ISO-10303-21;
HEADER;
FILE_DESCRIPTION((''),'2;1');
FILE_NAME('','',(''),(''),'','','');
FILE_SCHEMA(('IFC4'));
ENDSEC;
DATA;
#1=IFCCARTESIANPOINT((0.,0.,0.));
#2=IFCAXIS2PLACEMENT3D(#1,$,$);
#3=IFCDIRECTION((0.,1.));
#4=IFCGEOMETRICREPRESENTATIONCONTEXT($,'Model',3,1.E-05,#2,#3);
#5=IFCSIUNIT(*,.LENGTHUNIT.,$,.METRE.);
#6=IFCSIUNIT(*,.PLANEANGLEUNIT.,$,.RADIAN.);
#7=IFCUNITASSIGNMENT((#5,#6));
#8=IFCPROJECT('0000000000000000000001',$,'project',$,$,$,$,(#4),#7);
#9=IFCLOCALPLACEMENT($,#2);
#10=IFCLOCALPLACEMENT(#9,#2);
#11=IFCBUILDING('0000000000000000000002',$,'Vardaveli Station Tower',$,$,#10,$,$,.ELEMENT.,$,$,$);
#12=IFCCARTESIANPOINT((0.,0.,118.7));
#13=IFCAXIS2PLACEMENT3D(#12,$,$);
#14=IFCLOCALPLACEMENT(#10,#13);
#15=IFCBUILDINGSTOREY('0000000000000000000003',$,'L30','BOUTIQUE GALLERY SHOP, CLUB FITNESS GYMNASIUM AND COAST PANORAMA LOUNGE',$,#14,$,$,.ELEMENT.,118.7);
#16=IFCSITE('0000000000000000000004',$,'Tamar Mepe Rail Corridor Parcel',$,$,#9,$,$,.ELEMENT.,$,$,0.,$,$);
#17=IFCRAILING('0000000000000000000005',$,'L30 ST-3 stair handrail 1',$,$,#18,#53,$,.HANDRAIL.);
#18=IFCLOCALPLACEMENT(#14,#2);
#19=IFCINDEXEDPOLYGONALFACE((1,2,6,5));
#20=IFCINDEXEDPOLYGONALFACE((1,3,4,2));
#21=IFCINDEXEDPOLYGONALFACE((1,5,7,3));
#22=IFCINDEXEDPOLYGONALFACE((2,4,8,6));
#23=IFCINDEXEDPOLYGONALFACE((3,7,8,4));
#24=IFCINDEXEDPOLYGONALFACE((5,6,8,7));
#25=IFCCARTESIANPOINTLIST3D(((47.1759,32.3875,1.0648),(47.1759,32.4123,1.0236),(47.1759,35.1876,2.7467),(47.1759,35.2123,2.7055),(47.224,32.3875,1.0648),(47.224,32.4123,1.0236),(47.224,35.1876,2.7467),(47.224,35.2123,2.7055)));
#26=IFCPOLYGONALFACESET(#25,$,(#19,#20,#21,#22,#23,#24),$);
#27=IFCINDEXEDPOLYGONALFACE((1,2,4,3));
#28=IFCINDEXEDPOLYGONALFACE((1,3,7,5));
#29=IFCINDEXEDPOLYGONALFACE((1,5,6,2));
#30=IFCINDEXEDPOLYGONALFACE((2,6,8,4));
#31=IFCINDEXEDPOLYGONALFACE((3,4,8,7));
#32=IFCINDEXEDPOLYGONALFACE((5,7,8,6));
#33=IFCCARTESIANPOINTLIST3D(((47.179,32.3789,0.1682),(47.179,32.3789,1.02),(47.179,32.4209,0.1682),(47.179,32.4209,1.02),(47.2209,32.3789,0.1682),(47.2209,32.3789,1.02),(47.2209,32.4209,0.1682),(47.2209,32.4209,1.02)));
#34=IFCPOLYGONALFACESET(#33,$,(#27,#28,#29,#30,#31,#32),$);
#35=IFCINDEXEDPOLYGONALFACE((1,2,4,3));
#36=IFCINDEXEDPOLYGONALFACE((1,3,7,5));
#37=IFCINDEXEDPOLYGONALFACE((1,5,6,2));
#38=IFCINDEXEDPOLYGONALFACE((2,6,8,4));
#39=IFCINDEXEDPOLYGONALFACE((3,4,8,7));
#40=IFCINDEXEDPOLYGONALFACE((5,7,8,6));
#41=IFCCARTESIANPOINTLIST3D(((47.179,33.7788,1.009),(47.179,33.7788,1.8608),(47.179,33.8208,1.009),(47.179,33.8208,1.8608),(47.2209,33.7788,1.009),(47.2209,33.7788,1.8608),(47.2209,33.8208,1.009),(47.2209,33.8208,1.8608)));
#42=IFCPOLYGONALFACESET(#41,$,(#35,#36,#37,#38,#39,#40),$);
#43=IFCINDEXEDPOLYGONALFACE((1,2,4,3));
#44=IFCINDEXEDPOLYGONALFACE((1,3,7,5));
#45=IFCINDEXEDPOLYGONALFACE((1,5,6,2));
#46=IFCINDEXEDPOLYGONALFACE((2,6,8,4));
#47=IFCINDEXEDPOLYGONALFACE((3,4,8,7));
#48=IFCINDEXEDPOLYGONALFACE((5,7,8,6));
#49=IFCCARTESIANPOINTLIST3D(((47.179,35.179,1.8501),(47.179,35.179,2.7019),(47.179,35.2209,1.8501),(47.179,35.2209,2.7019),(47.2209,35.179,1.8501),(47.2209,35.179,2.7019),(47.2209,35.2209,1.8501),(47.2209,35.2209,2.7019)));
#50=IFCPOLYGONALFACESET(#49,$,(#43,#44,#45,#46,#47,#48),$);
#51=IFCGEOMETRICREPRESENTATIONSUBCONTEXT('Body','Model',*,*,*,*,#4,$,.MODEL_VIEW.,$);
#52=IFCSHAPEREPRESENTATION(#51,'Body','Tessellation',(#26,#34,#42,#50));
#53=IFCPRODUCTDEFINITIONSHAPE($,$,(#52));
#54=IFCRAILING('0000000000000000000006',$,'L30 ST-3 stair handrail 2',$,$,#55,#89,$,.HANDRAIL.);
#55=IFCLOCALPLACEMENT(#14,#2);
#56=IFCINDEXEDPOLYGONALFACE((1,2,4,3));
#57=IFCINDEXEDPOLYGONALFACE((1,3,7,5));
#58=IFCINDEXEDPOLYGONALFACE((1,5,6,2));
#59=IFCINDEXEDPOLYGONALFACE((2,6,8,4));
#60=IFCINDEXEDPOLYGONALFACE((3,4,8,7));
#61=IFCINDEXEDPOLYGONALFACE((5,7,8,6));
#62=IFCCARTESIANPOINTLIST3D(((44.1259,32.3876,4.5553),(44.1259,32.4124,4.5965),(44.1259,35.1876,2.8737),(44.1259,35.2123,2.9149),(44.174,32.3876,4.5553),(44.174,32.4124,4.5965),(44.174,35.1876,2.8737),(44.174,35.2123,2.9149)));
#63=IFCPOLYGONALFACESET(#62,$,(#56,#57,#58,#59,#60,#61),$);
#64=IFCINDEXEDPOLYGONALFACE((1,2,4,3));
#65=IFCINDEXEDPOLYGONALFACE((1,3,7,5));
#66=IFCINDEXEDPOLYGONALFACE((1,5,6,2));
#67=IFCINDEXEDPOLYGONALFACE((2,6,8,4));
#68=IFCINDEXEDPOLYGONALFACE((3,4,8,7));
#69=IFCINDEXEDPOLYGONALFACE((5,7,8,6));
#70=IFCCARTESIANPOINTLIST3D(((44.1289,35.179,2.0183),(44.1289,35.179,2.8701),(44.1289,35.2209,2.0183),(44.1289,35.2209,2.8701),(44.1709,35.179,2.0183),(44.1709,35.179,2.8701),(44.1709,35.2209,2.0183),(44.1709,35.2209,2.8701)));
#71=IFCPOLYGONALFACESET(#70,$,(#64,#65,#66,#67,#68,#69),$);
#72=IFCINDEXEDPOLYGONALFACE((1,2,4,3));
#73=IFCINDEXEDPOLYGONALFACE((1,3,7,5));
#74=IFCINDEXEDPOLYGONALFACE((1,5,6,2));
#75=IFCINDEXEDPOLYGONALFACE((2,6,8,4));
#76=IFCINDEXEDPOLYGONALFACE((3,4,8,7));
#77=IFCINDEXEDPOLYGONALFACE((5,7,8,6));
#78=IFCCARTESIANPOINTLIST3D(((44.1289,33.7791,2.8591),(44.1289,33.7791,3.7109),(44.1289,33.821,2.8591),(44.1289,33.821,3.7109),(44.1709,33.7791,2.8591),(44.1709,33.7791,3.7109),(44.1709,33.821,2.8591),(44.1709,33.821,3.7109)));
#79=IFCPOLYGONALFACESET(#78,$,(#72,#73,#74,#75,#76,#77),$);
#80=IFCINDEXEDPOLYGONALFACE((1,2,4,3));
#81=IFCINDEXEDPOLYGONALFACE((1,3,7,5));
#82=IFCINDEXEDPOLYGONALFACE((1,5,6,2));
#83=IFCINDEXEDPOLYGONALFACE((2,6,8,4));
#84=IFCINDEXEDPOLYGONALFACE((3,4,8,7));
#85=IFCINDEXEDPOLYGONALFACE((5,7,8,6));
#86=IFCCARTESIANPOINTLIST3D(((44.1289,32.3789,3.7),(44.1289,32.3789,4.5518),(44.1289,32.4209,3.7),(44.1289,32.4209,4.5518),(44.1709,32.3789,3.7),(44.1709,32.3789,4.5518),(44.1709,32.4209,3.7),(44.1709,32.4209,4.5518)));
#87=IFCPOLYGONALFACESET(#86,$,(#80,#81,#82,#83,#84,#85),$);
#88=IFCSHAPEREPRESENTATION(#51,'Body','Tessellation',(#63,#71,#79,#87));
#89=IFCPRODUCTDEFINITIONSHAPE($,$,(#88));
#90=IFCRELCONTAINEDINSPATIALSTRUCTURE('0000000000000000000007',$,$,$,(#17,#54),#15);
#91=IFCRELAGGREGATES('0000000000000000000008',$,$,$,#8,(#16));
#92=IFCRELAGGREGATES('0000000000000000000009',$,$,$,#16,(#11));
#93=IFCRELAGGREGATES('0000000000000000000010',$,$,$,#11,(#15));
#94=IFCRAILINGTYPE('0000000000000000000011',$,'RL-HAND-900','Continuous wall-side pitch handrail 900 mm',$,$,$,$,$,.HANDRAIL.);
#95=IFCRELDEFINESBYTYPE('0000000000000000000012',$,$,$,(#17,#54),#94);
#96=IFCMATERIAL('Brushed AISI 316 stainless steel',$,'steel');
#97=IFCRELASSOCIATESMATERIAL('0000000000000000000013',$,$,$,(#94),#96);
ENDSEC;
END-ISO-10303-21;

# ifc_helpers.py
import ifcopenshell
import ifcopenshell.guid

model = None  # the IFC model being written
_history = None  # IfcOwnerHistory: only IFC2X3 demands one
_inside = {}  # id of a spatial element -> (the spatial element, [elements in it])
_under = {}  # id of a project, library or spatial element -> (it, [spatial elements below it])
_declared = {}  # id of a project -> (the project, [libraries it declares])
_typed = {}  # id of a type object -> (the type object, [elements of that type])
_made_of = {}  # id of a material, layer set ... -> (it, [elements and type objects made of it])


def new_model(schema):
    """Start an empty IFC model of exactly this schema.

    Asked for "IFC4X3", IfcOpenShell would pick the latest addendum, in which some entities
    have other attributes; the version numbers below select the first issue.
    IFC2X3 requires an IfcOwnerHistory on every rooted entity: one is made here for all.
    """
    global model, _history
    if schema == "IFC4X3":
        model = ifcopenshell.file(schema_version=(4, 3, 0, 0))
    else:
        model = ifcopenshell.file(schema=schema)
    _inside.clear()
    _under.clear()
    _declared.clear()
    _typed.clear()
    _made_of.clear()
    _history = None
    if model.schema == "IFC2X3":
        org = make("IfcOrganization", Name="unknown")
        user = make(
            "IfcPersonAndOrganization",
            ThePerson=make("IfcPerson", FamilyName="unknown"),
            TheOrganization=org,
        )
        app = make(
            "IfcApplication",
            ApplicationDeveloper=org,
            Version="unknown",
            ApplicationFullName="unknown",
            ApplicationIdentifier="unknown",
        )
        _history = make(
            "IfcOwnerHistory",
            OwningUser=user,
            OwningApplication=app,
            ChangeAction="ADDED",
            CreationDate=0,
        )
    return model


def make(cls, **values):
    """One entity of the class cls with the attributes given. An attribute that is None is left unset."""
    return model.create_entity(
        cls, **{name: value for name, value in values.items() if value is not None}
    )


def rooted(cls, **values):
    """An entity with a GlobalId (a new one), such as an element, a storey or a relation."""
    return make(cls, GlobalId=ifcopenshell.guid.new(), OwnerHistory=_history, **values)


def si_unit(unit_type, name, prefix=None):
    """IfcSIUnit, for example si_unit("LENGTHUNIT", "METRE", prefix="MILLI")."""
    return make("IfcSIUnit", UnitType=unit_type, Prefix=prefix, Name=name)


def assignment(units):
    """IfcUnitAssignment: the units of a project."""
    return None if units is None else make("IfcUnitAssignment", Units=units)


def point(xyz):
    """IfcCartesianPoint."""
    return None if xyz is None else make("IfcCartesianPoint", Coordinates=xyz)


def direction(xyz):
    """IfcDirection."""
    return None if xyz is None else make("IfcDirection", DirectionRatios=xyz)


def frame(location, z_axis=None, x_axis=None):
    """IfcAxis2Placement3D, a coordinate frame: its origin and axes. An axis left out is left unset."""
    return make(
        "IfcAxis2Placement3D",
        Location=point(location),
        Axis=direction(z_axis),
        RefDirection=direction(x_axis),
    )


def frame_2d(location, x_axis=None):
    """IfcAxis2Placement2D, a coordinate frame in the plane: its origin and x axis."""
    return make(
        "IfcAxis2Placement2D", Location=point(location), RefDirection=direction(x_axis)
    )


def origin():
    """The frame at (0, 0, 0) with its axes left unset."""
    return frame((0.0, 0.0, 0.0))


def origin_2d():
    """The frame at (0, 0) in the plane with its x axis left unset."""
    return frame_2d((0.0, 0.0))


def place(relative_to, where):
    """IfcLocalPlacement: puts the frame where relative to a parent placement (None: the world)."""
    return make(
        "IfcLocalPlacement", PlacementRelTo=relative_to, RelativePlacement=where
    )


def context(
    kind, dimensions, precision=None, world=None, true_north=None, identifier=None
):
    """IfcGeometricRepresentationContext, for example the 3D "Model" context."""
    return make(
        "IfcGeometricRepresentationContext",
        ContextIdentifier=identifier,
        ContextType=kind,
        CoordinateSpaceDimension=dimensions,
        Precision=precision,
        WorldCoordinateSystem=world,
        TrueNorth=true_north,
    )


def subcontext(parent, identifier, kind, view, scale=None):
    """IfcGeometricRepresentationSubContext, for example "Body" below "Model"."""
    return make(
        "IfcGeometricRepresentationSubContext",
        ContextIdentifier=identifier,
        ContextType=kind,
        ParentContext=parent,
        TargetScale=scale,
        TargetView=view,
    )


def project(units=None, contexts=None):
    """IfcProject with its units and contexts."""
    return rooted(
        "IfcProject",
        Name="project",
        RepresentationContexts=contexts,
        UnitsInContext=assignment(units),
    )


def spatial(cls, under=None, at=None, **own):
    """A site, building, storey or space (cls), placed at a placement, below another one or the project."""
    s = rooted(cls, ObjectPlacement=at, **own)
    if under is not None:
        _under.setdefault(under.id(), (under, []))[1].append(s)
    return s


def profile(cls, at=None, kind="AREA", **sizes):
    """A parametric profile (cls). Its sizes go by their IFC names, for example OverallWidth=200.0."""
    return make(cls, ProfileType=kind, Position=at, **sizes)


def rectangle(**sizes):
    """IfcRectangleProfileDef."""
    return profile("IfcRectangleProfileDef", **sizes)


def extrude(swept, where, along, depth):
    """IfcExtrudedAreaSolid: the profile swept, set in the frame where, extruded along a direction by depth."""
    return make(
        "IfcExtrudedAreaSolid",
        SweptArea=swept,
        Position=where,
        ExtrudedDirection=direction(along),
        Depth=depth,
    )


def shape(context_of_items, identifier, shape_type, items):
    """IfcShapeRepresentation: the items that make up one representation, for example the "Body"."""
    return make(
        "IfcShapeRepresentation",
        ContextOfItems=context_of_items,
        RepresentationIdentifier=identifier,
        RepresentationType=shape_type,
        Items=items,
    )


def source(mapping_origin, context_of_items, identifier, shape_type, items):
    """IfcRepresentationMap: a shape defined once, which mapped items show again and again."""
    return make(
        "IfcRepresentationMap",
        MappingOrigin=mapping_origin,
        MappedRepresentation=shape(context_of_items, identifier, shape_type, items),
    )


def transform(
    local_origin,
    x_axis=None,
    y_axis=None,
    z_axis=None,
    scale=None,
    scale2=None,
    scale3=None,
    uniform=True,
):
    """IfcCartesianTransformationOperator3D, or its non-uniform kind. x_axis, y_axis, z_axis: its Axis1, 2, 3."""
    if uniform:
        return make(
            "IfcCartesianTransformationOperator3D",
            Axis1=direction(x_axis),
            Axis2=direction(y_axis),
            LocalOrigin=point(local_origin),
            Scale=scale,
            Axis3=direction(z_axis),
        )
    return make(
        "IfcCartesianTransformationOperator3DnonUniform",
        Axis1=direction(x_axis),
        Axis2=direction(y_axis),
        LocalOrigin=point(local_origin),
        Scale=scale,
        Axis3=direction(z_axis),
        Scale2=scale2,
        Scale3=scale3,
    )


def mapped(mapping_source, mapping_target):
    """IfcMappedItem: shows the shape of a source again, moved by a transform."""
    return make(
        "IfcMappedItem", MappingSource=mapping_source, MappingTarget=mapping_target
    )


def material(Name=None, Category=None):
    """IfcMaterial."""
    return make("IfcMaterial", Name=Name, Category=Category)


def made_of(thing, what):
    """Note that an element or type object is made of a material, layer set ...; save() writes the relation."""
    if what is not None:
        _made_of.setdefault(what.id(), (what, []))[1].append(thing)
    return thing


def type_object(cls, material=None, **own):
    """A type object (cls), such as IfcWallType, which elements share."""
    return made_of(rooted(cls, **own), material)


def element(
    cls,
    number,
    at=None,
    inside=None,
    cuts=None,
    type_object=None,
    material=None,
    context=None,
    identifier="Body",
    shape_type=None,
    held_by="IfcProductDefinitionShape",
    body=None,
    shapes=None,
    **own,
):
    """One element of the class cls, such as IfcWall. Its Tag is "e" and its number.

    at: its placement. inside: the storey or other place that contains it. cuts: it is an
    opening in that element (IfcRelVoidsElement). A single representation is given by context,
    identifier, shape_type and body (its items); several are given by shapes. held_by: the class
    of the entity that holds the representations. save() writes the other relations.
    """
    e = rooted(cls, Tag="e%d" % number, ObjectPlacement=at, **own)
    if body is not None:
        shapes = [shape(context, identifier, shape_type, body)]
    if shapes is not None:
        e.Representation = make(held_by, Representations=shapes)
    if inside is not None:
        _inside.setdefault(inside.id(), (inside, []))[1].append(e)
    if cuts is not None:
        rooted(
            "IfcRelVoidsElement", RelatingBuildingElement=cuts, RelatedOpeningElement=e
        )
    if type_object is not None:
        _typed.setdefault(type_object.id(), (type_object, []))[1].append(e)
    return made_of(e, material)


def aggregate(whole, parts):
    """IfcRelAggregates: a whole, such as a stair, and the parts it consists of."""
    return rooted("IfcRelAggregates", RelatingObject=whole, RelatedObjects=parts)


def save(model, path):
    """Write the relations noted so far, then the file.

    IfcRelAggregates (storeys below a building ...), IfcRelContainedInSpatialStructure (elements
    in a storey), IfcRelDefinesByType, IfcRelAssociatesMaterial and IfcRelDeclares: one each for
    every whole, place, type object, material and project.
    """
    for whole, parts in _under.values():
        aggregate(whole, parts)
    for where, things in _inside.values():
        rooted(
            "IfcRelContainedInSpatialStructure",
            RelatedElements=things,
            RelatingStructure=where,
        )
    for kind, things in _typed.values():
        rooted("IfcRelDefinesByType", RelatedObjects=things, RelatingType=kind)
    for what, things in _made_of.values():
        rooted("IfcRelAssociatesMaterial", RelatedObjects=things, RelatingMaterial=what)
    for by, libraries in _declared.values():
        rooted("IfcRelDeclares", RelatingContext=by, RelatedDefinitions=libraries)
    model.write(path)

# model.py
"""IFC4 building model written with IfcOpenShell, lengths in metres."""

from ifc_helpers import new_model, si_unit, direction, frame, origin, origin_2d, place, context, subcontext, project, spatial, rectangle, extrude, source, transform, mapped, material, type_object, element, save


model = new_model("IFC4")

# Units and contexts
model_context = context("Model", 3, precision=1e-05, world=origin(), true_north=direction((0.0, 1.0)))
body_context = subcontext(model_context, "Body", "Model", "MODEL_VIEW")
ifc_project = project(units=[si_unit("LENGTHUNIT", "METRE"), si_unit("PLANEANGLEUNIT", "RADIAN")], contexts=[model_context])

# Site, building, storey
site_placement = place(None, origin())
site = spatial("IfcSite", under=ifc_project, at=site_placement, Name="Tamar Mepe Rail Corridor Parcel", CompositionType="ELEMENT", RefElevation=0.0)
building_placement = place(site_placement, origin())
building = spatial("IfcBuilding", under=site, at=building_placement, Name="Vardaveli Station Tower", CompositionType="ELEMENT")
storey_placement = place(building_placement, frame((0.0, 0.0, 118.7)))
storey = spatial("IfcBuildingStorey", under=building, at=storey_placement, Name="L30", Description="BOUTIQUE GALLERY SHOP, CLUB FITNESS GYMNASIUM AND COAST PANORAMA LOUNGE", CompositionType="ELEMENT", Elevation=118.7)

# Railings
ifc_material_1 = material(Name="Brushed AISI 316 stainless steel", Category="steel")
railing_type_1 = type_object("IfcRailingType", Name="RL-HAND-900", Description="Continuous wall-side pitch handrail 900 mm", PredefinedType="HANDRAIL", material=ifc_material_1)
shared_shape_1 = source(origin(), body_context, "Body", "SweptSolid", [
    extrude(rectangle(XDim=0.0481, YDim=0.0481, at=origin_2d()), frame((0.0, 0.0, 0.876), z_axis=(0.0, 0.857242, 0.514913), x_axis=(-1.0, 0.0, 0.0)), (0.0, 0.0, 1.0), 3.2664),
    extrude(rectangle(XDim=0.042, YDim=0.042, at=origin_2d()), origin(), (0.0, 0.0, 1.0), 0.8518),
    extrude(rectangle(XDim=0.042, YDim=0.042, at=origin_2d()), frame((0.0, 1.3999, 0.8408)), (0.0, 0.0, 1.0), 0.8518),
    extrude(rectangle(XDim=0.042, YDim=0.042, at=origin_2d()), frame((0.0, 2.8, 1.6819)), (0.0, 0.0, 1.0), 0.8518),
])
railing_1_placement = place(storey_placement, frame((47.2, 32.3999, 0.1682)))
element("IfcRailing", 1, at=railing_1_placement, inside=storey, type_object=railing_type_1, Name="L30 ST-3 stair handrail 1", PredefinedType="HANDRAIL", context=body_context, shape_type="MappedRepresentation", body=[
    mapped(shared_shape_1, transform((0.0, 0.0, 0.0), scale=1.0)),
])
shared_shape_2 = source(origin(), body_context, "Body", "SweptSolid", [
    extrude(rectangle(XDim=0.0481, YDim=0.0481, at=origin_2d()), frame((0.0, 0.0, 0.876), z_axis=(0.0, -0.857275, 0.514858), x_axis=(1.0, 0.0, 0.0)), (0.0, 0.0, 1.0), 3.2661),
    extrude(rectangle(XDim=0.042, YDim=0.042, at=origin_2d()), origin(), (0.0, 0.0, 1.0), 0.8518),
    extrude(rectangle(XDim=0.042, YDim=0.042, at=origin_2d()), frame((0.0, -1.3999, 0.8408)), (0.0, 0.0, 1.0), 0.8518),
    extrude(rectangle(XDim=0.042, YDim=0.042, at=origin_2d()), frame((0.0, -2.8, 1.6816)), (0.0, 0.0, 1.0), 0.8518),
])
railing_2_placement = place(storey_placement, frame((44.1499, 35.2, 2.0183)))
element("IfcRailing", 2, at=railing_2_placement, inside=storey, type_object=railing_type_1, Name="L30 ST-3 stair handrail 2", PredefinedType="HANDRAIL", context=body_context, shape_type="MappedRepresentation", body=[
    mapped(shared_shape_2, transform((0.0, 0.0, 0.0), scale=1.0)),
])

save(model, "model.ifc")
